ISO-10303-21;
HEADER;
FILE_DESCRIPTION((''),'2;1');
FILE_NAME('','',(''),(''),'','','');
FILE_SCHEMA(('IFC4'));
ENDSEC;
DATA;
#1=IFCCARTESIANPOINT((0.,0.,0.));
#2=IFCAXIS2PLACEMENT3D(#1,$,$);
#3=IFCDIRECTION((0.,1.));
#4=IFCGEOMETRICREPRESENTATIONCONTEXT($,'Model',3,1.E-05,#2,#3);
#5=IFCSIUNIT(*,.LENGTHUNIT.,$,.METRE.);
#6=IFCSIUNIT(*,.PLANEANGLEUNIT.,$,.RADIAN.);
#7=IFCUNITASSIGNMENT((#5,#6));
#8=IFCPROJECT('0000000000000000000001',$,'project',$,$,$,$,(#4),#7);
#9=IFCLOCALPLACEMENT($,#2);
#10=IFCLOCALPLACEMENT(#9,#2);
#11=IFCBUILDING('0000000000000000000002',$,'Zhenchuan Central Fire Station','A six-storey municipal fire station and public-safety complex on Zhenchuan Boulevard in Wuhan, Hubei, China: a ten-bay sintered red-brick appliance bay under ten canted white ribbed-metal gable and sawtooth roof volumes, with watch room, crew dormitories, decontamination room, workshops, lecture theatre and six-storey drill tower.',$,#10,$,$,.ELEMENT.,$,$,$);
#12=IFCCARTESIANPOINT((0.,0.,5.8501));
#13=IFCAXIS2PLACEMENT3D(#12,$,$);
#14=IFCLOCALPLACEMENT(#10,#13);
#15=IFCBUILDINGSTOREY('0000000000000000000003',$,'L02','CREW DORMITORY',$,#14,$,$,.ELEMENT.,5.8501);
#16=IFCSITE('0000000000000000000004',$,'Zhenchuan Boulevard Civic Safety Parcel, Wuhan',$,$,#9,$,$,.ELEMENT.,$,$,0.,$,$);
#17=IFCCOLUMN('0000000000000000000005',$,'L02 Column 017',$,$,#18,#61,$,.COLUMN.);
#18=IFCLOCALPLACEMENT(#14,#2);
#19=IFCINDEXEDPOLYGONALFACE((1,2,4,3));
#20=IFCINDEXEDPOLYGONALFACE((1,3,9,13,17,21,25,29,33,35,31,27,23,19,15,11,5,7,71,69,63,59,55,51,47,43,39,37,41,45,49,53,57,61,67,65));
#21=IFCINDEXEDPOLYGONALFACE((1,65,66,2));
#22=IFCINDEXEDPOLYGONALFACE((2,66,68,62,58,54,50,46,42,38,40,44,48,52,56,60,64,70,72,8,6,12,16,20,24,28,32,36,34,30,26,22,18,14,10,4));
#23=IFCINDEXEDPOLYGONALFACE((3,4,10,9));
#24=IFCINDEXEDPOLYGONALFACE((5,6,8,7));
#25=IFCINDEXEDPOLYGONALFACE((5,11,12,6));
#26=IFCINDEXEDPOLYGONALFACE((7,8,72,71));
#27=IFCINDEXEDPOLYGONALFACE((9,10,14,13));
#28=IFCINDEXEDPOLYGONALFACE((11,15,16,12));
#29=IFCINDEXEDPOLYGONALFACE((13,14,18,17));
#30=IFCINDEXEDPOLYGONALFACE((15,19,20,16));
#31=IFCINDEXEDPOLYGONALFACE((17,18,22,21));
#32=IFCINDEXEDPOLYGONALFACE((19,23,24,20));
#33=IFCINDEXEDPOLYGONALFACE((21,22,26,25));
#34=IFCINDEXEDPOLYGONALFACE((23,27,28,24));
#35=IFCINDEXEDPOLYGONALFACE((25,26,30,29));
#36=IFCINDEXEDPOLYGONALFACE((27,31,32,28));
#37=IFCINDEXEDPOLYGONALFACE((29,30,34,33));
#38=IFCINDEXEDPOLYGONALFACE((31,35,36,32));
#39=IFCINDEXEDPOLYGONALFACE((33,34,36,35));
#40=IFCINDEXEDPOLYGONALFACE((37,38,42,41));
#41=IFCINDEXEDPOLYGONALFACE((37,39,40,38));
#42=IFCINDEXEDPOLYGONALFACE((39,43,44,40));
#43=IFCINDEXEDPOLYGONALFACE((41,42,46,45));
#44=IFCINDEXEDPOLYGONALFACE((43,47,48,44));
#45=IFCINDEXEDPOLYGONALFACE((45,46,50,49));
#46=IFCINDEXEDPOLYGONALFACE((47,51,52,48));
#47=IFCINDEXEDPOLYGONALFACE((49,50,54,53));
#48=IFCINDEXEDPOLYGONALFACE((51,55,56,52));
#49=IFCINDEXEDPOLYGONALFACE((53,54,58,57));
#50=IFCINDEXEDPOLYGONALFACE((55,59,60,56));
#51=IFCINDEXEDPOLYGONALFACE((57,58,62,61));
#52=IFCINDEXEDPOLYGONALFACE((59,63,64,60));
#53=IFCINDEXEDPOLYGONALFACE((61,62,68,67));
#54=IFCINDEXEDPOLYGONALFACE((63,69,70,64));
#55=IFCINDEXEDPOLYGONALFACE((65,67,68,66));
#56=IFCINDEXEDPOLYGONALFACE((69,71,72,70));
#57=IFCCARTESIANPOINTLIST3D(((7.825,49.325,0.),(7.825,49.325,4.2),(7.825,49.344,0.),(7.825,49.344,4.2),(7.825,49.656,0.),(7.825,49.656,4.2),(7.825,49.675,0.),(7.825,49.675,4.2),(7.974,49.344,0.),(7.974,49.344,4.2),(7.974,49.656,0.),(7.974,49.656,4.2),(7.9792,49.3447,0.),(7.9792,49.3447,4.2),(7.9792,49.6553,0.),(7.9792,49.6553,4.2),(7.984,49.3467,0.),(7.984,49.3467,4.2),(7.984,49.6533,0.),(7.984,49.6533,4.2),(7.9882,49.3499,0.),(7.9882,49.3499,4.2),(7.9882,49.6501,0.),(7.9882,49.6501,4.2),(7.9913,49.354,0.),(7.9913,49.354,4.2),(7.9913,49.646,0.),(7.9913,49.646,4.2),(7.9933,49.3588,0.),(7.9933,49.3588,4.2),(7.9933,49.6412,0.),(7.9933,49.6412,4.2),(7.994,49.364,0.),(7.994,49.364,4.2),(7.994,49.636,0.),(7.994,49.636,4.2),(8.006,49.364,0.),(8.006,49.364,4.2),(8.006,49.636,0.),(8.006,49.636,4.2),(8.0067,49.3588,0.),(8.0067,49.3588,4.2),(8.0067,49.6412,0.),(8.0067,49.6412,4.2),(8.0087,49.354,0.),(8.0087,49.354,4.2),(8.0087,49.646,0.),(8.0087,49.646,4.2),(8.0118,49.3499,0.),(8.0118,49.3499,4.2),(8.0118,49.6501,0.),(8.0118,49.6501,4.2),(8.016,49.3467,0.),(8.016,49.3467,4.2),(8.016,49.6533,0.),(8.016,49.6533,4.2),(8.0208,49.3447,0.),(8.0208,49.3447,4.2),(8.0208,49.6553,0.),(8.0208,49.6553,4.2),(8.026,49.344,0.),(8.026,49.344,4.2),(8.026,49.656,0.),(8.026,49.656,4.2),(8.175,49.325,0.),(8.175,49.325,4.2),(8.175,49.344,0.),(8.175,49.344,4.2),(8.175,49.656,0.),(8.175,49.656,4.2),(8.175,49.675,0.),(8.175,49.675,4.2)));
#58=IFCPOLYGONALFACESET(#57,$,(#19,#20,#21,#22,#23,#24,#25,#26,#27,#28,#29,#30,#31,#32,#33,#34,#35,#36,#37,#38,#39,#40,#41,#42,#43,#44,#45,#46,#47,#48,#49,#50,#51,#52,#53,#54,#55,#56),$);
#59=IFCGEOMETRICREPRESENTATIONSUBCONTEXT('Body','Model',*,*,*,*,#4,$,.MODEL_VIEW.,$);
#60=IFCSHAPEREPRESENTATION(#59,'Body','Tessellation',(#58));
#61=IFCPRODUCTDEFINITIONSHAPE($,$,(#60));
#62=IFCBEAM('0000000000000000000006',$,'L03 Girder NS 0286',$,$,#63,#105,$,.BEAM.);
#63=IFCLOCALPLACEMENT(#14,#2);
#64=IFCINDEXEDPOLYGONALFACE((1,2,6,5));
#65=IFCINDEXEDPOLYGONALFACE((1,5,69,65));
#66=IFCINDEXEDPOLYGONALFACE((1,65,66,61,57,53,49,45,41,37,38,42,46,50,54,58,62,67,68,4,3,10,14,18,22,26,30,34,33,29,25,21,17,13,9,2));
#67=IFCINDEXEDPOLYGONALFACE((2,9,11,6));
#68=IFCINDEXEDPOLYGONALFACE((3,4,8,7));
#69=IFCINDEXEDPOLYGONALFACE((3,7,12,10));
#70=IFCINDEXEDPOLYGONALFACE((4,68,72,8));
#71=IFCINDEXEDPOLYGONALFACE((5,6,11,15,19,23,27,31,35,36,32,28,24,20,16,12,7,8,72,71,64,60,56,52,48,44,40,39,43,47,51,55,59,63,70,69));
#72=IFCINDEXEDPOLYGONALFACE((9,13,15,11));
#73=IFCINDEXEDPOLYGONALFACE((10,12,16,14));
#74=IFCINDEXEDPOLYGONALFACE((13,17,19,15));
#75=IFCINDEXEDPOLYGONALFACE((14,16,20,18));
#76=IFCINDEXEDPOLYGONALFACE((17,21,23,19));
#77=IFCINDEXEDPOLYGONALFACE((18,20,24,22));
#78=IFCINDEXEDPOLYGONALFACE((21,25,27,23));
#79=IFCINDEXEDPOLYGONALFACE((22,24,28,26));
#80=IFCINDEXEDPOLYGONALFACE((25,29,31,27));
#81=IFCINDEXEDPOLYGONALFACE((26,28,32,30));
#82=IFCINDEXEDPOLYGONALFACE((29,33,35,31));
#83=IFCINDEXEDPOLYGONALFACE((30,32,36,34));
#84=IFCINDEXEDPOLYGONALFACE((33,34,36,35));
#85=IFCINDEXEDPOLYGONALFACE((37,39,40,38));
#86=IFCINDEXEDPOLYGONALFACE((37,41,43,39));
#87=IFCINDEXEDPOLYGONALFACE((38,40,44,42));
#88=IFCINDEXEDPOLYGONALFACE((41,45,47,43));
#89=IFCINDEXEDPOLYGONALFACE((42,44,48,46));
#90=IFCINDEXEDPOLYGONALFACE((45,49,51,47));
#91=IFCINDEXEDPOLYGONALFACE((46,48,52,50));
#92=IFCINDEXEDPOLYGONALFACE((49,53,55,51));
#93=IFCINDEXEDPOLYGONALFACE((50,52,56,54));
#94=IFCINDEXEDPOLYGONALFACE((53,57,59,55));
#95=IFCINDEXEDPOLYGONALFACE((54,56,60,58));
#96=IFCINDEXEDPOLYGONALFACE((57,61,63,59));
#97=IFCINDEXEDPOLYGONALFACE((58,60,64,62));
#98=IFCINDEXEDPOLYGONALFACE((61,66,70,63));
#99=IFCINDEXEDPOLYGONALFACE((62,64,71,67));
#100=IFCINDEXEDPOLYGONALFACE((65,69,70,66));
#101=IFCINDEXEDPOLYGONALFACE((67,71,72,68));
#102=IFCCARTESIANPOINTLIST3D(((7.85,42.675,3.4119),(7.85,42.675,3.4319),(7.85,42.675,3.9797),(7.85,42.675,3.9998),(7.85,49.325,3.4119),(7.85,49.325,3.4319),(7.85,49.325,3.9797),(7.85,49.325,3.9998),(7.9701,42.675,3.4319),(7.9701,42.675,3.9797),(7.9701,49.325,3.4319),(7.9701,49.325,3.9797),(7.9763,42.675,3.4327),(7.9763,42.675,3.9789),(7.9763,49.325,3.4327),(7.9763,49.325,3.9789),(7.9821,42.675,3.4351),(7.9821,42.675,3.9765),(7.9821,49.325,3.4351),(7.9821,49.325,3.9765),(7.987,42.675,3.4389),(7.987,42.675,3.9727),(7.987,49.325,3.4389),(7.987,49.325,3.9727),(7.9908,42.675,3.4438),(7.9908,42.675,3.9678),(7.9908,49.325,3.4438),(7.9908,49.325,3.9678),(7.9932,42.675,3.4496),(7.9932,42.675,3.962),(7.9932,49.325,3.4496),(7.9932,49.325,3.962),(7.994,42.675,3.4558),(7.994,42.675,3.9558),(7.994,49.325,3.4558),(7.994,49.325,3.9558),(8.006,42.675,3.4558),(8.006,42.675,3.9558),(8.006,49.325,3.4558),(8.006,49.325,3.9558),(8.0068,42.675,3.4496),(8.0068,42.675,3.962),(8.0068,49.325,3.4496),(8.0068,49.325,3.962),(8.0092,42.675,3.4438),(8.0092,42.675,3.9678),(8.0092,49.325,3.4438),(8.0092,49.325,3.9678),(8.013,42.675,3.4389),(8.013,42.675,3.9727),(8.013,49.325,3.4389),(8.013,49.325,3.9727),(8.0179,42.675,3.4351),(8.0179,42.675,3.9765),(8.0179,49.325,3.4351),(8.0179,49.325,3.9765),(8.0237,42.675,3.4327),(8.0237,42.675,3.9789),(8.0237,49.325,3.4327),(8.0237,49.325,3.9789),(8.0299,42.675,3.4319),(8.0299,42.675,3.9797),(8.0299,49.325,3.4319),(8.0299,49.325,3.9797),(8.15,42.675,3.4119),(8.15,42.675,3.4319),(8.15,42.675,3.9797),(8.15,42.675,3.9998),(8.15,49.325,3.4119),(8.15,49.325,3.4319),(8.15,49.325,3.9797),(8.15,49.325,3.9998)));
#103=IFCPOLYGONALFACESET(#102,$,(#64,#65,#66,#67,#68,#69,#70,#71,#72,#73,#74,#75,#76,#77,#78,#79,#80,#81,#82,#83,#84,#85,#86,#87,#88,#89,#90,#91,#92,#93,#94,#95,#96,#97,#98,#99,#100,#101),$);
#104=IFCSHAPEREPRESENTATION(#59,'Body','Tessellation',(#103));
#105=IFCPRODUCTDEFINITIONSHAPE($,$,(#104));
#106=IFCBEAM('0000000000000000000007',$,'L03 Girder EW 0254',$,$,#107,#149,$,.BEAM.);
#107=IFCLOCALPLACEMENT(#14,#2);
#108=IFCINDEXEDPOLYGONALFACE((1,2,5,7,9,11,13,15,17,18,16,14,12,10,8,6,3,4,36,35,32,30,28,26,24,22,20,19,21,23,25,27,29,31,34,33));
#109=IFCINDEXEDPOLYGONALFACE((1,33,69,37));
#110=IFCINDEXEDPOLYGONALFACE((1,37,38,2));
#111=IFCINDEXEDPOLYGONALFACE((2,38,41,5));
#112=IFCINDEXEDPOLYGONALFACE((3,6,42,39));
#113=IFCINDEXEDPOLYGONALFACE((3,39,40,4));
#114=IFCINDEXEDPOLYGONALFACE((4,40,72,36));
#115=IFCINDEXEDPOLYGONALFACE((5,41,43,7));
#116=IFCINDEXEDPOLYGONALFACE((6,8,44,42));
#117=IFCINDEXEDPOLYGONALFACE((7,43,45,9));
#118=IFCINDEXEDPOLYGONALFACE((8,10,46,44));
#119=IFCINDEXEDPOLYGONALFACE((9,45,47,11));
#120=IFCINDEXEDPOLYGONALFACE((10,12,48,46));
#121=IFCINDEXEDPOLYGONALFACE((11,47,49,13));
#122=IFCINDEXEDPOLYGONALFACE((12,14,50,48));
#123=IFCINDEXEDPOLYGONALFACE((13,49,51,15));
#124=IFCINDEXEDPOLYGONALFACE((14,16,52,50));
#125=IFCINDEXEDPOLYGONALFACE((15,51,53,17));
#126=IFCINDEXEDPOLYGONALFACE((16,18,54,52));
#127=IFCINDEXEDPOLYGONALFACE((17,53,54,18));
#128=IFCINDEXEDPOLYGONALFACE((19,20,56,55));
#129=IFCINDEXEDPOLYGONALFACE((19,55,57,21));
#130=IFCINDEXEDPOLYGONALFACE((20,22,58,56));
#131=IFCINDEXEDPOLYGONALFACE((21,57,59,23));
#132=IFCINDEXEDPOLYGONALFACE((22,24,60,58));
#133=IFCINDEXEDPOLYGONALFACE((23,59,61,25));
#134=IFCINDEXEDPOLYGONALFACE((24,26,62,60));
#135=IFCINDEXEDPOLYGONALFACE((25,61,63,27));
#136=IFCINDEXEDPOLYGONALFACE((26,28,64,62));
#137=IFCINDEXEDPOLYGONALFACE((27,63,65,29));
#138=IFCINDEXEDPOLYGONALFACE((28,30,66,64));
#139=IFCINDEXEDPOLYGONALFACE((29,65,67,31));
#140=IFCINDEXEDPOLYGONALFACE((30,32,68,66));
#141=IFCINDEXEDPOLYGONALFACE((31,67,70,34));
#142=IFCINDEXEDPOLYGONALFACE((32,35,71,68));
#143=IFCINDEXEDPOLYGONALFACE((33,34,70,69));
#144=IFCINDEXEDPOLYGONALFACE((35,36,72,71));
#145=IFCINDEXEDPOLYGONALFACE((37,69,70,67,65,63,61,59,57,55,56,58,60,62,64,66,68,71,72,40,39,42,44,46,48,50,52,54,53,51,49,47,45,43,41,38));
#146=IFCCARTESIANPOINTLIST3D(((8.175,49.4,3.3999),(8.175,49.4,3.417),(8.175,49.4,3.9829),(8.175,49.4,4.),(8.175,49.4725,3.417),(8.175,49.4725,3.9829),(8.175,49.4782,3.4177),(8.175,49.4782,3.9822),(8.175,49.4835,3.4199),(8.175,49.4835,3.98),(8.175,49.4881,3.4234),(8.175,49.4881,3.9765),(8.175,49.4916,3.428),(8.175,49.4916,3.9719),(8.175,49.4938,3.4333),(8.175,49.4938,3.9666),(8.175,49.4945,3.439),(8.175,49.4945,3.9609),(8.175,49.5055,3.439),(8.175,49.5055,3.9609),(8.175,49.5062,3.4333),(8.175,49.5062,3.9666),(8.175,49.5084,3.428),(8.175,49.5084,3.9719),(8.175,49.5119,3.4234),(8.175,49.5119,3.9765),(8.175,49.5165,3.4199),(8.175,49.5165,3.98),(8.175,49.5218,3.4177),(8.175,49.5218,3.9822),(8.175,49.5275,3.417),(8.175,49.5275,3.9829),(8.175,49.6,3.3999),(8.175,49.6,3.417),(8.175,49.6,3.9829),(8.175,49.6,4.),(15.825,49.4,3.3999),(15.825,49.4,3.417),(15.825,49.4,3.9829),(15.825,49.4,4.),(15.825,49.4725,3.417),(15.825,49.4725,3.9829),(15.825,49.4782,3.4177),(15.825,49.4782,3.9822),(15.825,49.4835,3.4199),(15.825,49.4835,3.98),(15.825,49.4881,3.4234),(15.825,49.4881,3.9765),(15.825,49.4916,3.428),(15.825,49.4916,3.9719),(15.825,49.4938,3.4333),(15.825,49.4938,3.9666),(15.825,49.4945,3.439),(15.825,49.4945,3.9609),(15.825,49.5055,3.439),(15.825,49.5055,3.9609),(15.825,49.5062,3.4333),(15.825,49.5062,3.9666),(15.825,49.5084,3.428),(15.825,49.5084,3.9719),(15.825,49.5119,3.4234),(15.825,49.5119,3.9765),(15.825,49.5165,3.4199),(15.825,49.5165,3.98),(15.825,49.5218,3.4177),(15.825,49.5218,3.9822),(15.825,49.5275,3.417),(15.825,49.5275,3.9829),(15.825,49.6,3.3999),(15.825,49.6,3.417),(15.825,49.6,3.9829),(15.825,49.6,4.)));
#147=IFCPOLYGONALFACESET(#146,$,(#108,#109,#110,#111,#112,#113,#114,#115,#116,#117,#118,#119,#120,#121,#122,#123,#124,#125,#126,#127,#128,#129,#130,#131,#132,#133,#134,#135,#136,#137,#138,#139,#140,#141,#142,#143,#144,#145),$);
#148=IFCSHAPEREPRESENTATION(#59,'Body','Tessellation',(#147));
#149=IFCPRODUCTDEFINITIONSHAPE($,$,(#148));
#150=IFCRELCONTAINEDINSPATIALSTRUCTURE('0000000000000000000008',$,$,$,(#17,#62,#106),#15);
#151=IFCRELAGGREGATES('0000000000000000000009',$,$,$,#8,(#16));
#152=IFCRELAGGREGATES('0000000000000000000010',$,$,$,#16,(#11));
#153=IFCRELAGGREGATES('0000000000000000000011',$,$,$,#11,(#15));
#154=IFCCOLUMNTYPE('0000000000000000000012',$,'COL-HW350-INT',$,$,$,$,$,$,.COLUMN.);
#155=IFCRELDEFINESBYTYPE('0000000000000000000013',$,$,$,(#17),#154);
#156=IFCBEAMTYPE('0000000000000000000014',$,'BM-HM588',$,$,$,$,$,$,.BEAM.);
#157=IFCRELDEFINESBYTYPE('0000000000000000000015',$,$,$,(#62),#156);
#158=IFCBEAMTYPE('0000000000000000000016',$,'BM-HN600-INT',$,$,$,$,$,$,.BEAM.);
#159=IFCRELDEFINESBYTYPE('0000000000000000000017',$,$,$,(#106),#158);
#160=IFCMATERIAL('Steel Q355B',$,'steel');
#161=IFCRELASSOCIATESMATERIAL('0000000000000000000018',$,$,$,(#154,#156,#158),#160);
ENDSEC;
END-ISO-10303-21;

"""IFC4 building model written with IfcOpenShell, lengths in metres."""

from ifc_helpers import new_model, si_unit, direction, frame, origin, origin_2d, place, context, subcontext, project, spatial, i_section, extrude, material, material_profile, profile_set, type_object, element, save


model = new_model("IFC4")

# Units and contexts
model_context = context("Model", 3, precision=1e-05, world=origin(), true_north=direction((0.0, 1.0)))
body_context = subcontext(model_context, "Body", "Model", "MODEL_VIEW")
ifc_project = project(units=[si_unit("LENGTHUNIT", "METRE"), si_unit("PLANEANGLEUNIT", "RADIAN")], contexts=[model_context])

# Site, building, storey
site_placement = place(None, origin())
site = spatial("IfcSite", under=ifc_project, at=site_placement, Name="Zhenchuan Boulevard Civic Safety Parcel, Wuhan", CompositionType="ELEMENT", RefElevation=0.0)
building_placement = place(site_placement, origin())
building = spatial("IfcBuilding", under=site, at=building_placement, Name="Zhenchuan Central Fire Station", Description="A six-storey municipal fire station and public-safety complex on Zhenchuan Boulevard in Wuhan, Hubei, China: a ten-bay sintered red-brick appliance bay under ten canted white ribbed-metal gable and sawtooth roof volumes, with watch room, crew dormitories, decontamination room, workshops, lecture theatre and six-storey drill tower.", CompositionType="ELEMENT")
storey_placement = place(building_placement, frame((0.0, 0.0, 5.8501)))
storey = spatial("IfcBuildingStorey", under=building, at=storey_placement, Name="L02", Description="CREW DORMITORY", CompositionType="ELEMENT", Elevation=5.8501)

# Column
ifc_material_1 = material(Name="Steel Q355B", Category="steel")
ifc_material_profile_1 = material_profile(ifc_material_1, i_section(OverallWidth=0.3501, OverallDepth=0.3501, WebThickness=0.012, FlangeThickness=0.019, FilletRadius=0.02, at=origin_2d()), Name="HW 350x350")
ifc_profile_set_1 = profile_set([ifc_material_profile_1], Name="Steel Q355B")
column_type = type_object("IfcColumnType", Name="COL-HW350-INT", PredefinedType="COLUMN", material=ifc_profile_set_1)
column_placement = place(storey_placement, frame((8.0, 49.5, 0.0), z_axis=(0.0, 0.0, 1.0), x_axis=(1.0, 0.0, 0.0)))
element("IfcColumn", 1, at=column_placement, inside=storey, type_object=column_type, Name="L02 Column 017", PredefinedType="COLUMN", context=body_context, shape_type="SweptSolid", body=[
    extrude(i_section(OverallWidth=0.3501, OverallDepth=0.3501, WebThickness=0.012, FlangeThickness=0.019, FilletRadius=0.02, at=origin_2d()), origin(), (0.0, 0.0, 1.0), 4.2),
])

# Beams
ifc_material_profile_2 = material_profile(ifc_material_1, i_section(OverallWidth=0.3, OverallDepth=0.5879, WebThickness=0.012, FlangeThickness=0.02, FilletRadius=0.0239, at=origin_2d()), Name="HM 588x300")
ifc_profile_set_2 = profile_set([ifc_material_profile_2], Name="Steel Q355B")
beam_type_1 = type_object("IfcBeamType", Name="BM-HM588", PredefinedType="BEAM", material=ifc_profile_set_2)
beam_1_placement = place(storey_placement, frame((8.0, 42.675, 3.7058), z_axis=(0.0, 1.0, 0.0), x_axis=(-1.0, 0.0, 0.0)))
element("IfcBeam", 2, at=beam_1_placement, inside=storey, type_object=beam_type_1, Name="L03 Girder NS 0286", PredefinedType="BEAM", context=body_context, shape_type="SweptSolid", body=[
    extrude(i_section(OverallWidth=0.3, OverallDepth=0.5879, WebThickness=0.012, FlangeThickness=0.02, FilletRadius=0.0239, at=origin_2d()), origin(), (0.0, 0.0, 1.0), 6.6499),
])
ifc_material_profile_3 = material_profile(ifc_material_1, i_section(OverallWidth=0.2, OverallDepth=0.6001, WebThickness=0.011, FlangeThickness=0.0171, FilletRadius=0.022, at=origin_2d()), Name="HN 600x200")
ifc_profile_set_3 = profile_set([ifc_material_profile_3], Name="Steel Q355B")
beam_type_2 = type_object("IfcBeamType", Name="BM-HN600-INT", PredefinedType="BEAM", material=ifc_profile_set_3)
beam_2_placement = place(storey_placement, frame((8.175, 49.5, 3.7), z_axis=(1.0, 0.0, 0.0), x_axis=(0.0, 1.0, 0.0)))
element("IfcBeam", 3, at=beam_2_placement, inside=storey, type_object=beam_type_2, Name="L03 Girder EW 0254", PredefinedType="BEAM", context=body_context, shape_type="SweptSolid", body=[
    extrude(i_section(OverallWidth=0.2, OverallDepth=0.6001, WebThickness=0.011, FlangeThickness=0.0171, FilletRadius=0.022, at=origin_2d()), origin(), (0.0, 0.0, 1.0), 7.6499),
])

save(model, "model.ifc")
